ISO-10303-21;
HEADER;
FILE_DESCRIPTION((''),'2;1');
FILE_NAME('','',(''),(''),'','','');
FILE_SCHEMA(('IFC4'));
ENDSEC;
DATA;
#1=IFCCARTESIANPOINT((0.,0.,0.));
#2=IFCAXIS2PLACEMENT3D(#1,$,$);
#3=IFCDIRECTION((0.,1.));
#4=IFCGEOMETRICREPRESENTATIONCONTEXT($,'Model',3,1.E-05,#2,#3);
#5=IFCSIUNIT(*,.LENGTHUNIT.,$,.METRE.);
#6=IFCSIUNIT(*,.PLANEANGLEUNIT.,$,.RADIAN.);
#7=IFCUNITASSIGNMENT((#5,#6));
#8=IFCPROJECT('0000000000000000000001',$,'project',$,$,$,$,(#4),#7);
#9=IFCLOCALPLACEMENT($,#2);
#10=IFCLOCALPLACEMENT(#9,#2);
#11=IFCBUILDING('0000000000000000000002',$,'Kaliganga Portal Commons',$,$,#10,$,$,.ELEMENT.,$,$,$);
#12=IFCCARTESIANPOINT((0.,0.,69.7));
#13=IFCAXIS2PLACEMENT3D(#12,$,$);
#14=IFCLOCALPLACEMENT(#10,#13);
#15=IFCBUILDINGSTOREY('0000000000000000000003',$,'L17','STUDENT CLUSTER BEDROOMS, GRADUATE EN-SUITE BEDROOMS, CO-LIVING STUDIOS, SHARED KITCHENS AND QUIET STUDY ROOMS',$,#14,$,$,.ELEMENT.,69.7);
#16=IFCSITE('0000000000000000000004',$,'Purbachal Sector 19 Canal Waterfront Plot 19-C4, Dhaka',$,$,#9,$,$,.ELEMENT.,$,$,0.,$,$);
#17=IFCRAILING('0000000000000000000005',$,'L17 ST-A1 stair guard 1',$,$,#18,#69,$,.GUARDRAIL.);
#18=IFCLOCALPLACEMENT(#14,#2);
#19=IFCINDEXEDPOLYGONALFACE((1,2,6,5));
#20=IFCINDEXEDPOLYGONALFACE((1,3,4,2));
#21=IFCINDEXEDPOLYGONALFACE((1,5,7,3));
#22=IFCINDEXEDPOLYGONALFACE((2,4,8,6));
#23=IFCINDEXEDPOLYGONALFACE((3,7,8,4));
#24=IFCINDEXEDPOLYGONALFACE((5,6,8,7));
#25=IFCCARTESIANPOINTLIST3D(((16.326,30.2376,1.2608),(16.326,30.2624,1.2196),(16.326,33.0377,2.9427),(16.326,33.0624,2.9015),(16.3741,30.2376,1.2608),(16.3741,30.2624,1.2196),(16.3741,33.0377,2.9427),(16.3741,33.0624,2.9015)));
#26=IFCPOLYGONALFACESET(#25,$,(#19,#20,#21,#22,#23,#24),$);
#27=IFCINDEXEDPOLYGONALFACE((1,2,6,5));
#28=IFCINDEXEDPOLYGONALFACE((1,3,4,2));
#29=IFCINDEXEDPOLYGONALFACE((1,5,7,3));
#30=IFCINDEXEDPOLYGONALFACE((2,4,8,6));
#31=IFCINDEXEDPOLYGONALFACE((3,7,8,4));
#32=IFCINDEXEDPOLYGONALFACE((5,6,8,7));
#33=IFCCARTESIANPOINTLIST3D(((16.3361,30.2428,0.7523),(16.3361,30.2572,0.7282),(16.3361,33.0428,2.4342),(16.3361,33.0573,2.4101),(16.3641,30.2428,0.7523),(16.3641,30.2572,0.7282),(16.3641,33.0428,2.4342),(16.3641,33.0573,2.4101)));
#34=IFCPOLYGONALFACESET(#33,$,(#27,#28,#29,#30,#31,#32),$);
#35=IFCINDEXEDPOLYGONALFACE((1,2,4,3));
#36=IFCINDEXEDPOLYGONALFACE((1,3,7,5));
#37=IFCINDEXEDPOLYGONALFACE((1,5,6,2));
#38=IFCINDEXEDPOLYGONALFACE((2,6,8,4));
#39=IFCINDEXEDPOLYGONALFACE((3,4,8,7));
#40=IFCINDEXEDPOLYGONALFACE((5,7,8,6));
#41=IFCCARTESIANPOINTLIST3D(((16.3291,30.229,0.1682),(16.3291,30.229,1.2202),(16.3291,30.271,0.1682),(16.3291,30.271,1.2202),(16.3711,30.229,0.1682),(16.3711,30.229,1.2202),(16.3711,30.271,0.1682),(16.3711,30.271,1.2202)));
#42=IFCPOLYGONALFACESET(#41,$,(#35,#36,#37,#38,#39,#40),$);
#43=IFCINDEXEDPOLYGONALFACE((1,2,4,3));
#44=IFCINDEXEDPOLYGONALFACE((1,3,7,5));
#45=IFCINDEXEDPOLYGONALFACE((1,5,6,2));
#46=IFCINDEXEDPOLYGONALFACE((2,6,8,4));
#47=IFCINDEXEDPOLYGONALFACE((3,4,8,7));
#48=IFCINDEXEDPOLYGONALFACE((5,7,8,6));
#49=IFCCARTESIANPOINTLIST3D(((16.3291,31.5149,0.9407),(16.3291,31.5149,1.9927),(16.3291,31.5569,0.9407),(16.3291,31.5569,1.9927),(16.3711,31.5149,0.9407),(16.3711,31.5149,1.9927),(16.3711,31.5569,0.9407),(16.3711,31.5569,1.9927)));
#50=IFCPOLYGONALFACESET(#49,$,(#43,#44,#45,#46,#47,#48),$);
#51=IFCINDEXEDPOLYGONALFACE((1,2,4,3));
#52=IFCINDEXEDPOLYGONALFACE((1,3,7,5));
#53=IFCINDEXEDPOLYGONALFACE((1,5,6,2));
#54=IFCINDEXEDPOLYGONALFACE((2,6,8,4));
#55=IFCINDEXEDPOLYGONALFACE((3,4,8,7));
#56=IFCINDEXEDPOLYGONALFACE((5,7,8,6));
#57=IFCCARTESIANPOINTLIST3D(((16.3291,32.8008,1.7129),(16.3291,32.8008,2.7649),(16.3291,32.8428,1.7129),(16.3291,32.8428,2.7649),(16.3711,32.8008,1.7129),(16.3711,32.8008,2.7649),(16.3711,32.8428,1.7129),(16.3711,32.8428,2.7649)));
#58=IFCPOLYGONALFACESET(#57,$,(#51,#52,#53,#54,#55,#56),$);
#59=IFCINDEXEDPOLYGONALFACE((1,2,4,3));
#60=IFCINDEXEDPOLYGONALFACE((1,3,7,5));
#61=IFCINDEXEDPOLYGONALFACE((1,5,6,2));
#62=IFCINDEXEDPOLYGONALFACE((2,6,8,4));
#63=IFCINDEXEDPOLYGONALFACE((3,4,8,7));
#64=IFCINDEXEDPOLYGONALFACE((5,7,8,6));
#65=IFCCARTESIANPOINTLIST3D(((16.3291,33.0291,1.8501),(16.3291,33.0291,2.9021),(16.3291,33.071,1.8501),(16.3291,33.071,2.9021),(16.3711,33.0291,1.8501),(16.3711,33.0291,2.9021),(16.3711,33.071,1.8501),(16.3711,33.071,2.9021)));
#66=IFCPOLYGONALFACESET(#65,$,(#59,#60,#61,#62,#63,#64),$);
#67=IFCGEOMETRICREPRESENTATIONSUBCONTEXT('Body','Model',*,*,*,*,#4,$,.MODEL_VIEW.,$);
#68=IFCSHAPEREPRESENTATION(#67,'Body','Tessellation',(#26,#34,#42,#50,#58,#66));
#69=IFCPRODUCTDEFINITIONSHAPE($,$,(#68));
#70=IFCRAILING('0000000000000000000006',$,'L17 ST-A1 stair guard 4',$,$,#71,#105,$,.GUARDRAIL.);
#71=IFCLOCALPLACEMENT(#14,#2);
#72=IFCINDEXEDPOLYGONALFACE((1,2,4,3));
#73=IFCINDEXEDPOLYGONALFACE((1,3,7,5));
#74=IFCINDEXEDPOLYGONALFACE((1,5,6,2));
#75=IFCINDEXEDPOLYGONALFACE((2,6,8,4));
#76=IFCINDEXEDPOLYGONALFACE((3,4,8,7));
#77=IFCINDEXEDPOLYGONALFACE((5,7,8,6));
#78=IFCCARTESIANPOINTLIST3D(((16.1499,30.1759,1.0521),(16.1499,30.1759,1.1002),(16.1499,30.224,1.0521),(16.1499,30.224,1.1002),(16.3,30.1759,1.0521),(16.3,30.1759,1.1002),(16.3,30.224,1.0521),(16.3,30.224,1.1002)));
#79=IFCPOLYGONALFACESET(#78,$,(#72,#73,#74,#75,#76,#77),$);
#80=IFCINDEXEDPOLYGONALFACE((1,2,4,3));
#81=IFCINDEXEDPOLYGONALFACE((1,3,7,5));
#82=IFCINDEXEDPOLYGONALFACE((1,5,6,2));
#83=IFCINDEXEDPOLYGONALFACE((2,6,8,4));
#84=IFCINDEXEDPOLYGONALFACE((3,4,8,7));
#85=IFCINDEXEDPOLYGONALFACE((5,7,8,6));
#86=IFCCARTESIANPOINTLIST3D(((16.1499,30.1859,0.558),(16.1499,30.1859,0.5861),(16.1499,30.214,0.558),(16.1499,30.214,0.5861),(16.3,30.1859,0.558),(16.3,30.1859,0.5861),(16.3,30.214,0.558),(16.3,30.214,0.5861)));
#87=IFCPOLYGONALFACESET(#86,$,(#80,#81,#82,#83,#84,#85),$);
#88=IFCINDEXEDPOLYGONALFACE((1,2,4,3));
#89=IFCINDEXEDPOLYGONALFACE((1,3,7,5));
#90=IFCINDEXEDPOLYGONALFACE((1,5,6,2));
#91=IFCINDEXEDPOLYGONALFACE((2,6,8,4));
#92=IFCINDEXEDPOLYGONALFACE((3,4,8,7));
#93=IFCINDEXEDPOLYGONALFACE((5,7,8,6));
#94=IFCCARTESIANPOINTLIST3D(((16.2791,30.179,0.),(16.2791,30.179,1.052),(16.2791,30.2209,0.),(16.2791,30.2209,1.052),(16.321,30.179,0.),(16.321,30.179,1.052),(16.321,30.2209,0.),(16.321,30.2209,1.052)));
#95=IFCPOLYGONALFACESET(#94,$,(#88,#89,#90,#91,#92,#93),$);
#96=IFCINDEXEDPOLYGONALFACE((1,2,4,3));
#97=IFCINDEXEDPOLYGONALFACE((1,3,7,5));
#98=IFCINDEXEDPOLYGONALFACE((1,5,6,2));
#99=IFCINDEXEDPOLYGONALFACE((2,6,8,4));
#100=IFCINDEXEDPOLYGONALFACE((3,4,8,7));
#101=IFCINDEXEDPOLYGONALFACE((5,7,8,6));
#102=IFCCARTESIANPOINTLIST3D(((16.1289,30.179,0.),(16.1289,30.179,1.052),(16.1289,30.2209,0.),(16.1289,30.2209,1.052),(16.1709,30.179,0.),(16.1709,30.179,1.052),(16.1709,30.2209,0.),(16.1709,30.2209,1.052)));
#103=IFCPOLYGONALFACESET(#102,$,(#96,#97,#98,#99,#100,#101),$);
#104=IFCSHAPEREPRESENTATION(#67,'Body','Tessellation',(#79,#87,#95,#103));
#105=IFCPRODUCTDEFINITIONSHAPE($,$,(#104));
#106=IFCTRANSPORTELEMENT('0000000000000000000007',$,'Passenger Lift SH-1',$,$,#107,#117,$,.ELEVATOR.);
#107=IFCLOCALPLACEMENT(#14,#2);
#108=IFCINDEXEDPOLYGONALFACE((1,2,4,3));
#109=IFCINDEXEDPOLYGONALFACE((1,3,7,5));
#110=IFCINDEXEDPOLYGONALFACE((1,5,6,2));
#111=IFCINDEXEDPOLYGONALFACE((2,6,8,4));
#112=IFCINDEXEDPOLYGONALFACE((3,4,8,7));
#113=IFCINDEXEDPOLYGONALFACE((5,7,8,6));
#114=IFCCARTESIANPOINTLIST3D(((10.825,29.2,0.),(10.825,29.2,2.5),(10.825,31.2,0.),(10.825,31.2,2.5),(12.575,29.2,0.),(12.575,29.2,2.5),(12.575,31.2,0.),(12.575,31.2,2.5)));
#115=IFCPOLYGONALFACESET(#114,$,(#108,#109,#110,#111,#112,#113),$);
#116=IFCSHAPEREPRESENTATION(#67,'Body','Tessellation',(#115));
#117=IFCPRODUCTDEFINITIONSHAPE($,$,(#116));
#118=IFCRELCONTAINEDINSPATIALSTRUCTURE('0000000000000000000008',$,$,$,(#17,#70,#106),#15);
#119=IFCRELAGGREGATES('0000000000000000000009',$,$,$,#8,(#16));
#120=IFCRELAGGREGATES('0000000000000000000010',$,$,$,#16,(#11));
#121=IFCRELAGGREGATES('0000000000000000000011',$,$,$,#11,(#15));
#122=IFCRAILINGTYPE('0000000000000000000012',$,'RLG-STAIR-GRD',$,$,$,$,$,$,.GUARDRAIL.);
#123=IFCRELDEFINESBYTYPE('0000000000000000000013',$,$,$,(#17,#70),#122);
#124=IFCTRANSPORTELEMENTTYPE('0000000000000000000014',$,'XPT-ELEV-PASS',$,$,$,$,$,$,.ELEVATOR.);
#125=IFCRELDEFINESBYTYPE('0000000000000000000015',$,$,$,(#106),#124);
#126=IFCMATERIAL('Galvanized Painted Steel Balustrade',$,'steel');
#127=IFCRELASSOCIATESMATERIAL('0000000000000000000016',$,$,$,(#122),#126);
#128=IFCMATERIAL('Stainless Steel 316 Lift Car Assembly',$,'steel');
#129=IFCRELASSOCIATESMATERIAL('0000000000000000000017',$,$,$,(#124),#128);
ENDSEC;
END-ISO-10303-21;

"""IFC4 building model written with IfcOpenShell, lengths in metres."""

from ifc_helpers import new_model, si_unit, direction, frame, origin, origin_2d, place, context, subcontext, project, spatial, rectangle, extrude, source, transform, mapped, material, type_object, element, save


model = new_model("IFC4")

# Units and contexts
model_context = context("Model", 3, precision=1e-05, world=origin(), true_north=direction((0.0, 1.0)))
body_context = subcontext(model_context, "Body", "Model", "MODEL_VIEW")
ifc_project = project(units=[si_unit("LENGTHUNIT", "METRE"), si_unit("PLANEANGLEUNIT", "RADIAN")], contexts=[model_context])

# Site, building, storey
site_placement = place(None, origin())
site = spatial("IfcSite", under=ifc_project, at=site_placement, Name="Purbachal Sector 19 Canal Waterfront Plot 19-C4, Dhaka", CompositionType="ELEMENT", RefElevation=0.0)
building_placement = place(site_placement, origin())
building = spatial("IfcBuilding", under=site, at=building_placement, Name="Kaliganga Portal Commons", CompositionType="ELEMENT")
storey_placement = place(building_placement, frame((0.0, 0.0, 69.7)))
storey = spatial("IfcBuildingStorey", under=building, at=storey_placement, Name="L17", Description="STUDENT CLUSTER BEDROOMS, GRADUATE EN-SUITE BEDROOMS, CO-LIVING STUDIOS, SHARED KITCHENS AND QUIET STUDY ROOMS", CompositionType="ELEMENT", Elevation=69.7)

# Railings
ifc_material_1 = material(Name="Galvanized Painted Steel Balustrade", Category="steel")
railing_type = type_object("IfcRailingType", Name="RLG-STAIR-GRD", PredefinedType="GUARDRAIL", material=ifc_material_1)
railing_1_placement = place(storey_placement, frame((16.3501, 30.25, 0.1682)))
element("IfcRailing", 1, at=railing_1_placement, inside=storey, type_object=railing_type, Name="L17 ST-A1 stair guard 1", PredefinedType="GUARDRAIL", context=body_context, shape_type="SweptSolid", body=[
    extrude(rectangle(XDim=0.0481, YDim=0.0481, at=origin_2d()), frame((0.0, 0.0, 1.072), z_axis=(0.0, 0.857242, 0.514913), x_axis=(-1.0, 0.0, 0.0)), (0.0, 0.0, 1.0), 3.2664),
    extrude(rectangle(XDim=0.0281, YDim=0.0281, at=origin_2d()), frame((0.0, 0.0, 0.572), z_axis=(0.0, 0.857242, 0.514913), x_axis=(-1.0, 0.0, 0.0)), (0.0, 0.0, 1.0), 3.2664),
    extrude(rectangle(XDim=0.042, YDim=0.042, at=origin_2d()), origin(), (0.0, 0.0, 1.0), 1.052),
    extrude(rectangle(XDim=0.042, YDim=0.042, at=origin_2d()), frame((0.0, 1.2859, 0.7725)), (0.0, 0.0, 1.0), 1.052),
    extrude(rectangle(XDim=0.042, YDim=0.042, at=origin_2d()), frame((0.0, 2.5718, 1.5447)), (0.0, 0.0, 1.0), 1.052),
    extrude(rectangle(XDim=0.042, YDim=0.042, at=origin_2d()), frame((0.0, 2.8, 1.6819)), (0.0, 0.0, 1.0), 1.052),
])
railing_2_placement = place(storey_placement, frame((16.3, 30.2, 0.0)))
element("IfcRailing", 2, at=railing_2_placement, inside=storey, type_object=railing_type, Name="L17 ST-A1 stair guard 4", PredefinedType="GUARDRAIL", context=body_context, shape_type="SweptSolid", body=[
    extrude(rectangle(XDim=0.0481, YDim=0.0481, at=origin_2d()), frame((0.0, 0.0, 1.0762), z_axis=(-1.0, 0.0, 0.0), x_axis=(0.0, -1.0, 0.0)), (0.0, 0.0, 1.0), 0.1501),
    extrude(rectangle(XDim=0.0281, YDim=0.0281, at=origin_2d()), frame((0.0, 0.0, 0.572), z_axis=(-1.0, 0.0, 0.0), x_axis=(0.0, -1.0, 0.0)), (0.0, 0.0, 1.0), 0.1501),
    extrude(rectangle(XDim=0.042, YDim=0.042, at=origin_2d()), origin(), (0.0, 0.0, 1.0), 1.052),
    extrude(rectangle(XDim=0.042, YDim=0.042, at=origin_2d()), frame((-0.1501, 0.0, 0.0)), (0.0, 0.0, 1.0), 1.052),
])

# Transport element
ifc_material_2 = material(Name="Stainless Steel 316 Lift Car Assembly", Category="steel")
transport_element_type = type_object("IfcTransportElementType", Name="XPT-ELEV-PASS", PredefinedType="ELEVATOR", material=ifc_material_2)
shared_shape_1 = source(origin(), body_context, "Body", "SweptSolid", [
    extrude(rectangle(XDim=1.75, YDim=2.0, at=origin_2d()), origin(), (0.0, 0.0, 1.0), 2.5),
])
transport_element_placement = place(storey_placement, frame((11.7, 30.2, 0.0), z_axis=(0.0, 0.0, 1.0), x_axis=(1.0, 0.0, 0.0)))
element("IfcTransportElement", 3, at=transport_element_placement, inside=storey, type_object=transport_element_type, Name="Passenger Lift SH-1", PredefinedType="ELEVATOR", context=body_context, shape_type="MappedRepresentation", body=[
    mapped(shared_shape_1, transform((0.0, 0.0, 0.0), x_axis=(1.0, 0.0, 0.0), y_axis=(0.0, 1.0, 0.0), z_axis=(0.0, 0.0, 1.0), scale=1.0)),
])

save(model, "model.ifc")
